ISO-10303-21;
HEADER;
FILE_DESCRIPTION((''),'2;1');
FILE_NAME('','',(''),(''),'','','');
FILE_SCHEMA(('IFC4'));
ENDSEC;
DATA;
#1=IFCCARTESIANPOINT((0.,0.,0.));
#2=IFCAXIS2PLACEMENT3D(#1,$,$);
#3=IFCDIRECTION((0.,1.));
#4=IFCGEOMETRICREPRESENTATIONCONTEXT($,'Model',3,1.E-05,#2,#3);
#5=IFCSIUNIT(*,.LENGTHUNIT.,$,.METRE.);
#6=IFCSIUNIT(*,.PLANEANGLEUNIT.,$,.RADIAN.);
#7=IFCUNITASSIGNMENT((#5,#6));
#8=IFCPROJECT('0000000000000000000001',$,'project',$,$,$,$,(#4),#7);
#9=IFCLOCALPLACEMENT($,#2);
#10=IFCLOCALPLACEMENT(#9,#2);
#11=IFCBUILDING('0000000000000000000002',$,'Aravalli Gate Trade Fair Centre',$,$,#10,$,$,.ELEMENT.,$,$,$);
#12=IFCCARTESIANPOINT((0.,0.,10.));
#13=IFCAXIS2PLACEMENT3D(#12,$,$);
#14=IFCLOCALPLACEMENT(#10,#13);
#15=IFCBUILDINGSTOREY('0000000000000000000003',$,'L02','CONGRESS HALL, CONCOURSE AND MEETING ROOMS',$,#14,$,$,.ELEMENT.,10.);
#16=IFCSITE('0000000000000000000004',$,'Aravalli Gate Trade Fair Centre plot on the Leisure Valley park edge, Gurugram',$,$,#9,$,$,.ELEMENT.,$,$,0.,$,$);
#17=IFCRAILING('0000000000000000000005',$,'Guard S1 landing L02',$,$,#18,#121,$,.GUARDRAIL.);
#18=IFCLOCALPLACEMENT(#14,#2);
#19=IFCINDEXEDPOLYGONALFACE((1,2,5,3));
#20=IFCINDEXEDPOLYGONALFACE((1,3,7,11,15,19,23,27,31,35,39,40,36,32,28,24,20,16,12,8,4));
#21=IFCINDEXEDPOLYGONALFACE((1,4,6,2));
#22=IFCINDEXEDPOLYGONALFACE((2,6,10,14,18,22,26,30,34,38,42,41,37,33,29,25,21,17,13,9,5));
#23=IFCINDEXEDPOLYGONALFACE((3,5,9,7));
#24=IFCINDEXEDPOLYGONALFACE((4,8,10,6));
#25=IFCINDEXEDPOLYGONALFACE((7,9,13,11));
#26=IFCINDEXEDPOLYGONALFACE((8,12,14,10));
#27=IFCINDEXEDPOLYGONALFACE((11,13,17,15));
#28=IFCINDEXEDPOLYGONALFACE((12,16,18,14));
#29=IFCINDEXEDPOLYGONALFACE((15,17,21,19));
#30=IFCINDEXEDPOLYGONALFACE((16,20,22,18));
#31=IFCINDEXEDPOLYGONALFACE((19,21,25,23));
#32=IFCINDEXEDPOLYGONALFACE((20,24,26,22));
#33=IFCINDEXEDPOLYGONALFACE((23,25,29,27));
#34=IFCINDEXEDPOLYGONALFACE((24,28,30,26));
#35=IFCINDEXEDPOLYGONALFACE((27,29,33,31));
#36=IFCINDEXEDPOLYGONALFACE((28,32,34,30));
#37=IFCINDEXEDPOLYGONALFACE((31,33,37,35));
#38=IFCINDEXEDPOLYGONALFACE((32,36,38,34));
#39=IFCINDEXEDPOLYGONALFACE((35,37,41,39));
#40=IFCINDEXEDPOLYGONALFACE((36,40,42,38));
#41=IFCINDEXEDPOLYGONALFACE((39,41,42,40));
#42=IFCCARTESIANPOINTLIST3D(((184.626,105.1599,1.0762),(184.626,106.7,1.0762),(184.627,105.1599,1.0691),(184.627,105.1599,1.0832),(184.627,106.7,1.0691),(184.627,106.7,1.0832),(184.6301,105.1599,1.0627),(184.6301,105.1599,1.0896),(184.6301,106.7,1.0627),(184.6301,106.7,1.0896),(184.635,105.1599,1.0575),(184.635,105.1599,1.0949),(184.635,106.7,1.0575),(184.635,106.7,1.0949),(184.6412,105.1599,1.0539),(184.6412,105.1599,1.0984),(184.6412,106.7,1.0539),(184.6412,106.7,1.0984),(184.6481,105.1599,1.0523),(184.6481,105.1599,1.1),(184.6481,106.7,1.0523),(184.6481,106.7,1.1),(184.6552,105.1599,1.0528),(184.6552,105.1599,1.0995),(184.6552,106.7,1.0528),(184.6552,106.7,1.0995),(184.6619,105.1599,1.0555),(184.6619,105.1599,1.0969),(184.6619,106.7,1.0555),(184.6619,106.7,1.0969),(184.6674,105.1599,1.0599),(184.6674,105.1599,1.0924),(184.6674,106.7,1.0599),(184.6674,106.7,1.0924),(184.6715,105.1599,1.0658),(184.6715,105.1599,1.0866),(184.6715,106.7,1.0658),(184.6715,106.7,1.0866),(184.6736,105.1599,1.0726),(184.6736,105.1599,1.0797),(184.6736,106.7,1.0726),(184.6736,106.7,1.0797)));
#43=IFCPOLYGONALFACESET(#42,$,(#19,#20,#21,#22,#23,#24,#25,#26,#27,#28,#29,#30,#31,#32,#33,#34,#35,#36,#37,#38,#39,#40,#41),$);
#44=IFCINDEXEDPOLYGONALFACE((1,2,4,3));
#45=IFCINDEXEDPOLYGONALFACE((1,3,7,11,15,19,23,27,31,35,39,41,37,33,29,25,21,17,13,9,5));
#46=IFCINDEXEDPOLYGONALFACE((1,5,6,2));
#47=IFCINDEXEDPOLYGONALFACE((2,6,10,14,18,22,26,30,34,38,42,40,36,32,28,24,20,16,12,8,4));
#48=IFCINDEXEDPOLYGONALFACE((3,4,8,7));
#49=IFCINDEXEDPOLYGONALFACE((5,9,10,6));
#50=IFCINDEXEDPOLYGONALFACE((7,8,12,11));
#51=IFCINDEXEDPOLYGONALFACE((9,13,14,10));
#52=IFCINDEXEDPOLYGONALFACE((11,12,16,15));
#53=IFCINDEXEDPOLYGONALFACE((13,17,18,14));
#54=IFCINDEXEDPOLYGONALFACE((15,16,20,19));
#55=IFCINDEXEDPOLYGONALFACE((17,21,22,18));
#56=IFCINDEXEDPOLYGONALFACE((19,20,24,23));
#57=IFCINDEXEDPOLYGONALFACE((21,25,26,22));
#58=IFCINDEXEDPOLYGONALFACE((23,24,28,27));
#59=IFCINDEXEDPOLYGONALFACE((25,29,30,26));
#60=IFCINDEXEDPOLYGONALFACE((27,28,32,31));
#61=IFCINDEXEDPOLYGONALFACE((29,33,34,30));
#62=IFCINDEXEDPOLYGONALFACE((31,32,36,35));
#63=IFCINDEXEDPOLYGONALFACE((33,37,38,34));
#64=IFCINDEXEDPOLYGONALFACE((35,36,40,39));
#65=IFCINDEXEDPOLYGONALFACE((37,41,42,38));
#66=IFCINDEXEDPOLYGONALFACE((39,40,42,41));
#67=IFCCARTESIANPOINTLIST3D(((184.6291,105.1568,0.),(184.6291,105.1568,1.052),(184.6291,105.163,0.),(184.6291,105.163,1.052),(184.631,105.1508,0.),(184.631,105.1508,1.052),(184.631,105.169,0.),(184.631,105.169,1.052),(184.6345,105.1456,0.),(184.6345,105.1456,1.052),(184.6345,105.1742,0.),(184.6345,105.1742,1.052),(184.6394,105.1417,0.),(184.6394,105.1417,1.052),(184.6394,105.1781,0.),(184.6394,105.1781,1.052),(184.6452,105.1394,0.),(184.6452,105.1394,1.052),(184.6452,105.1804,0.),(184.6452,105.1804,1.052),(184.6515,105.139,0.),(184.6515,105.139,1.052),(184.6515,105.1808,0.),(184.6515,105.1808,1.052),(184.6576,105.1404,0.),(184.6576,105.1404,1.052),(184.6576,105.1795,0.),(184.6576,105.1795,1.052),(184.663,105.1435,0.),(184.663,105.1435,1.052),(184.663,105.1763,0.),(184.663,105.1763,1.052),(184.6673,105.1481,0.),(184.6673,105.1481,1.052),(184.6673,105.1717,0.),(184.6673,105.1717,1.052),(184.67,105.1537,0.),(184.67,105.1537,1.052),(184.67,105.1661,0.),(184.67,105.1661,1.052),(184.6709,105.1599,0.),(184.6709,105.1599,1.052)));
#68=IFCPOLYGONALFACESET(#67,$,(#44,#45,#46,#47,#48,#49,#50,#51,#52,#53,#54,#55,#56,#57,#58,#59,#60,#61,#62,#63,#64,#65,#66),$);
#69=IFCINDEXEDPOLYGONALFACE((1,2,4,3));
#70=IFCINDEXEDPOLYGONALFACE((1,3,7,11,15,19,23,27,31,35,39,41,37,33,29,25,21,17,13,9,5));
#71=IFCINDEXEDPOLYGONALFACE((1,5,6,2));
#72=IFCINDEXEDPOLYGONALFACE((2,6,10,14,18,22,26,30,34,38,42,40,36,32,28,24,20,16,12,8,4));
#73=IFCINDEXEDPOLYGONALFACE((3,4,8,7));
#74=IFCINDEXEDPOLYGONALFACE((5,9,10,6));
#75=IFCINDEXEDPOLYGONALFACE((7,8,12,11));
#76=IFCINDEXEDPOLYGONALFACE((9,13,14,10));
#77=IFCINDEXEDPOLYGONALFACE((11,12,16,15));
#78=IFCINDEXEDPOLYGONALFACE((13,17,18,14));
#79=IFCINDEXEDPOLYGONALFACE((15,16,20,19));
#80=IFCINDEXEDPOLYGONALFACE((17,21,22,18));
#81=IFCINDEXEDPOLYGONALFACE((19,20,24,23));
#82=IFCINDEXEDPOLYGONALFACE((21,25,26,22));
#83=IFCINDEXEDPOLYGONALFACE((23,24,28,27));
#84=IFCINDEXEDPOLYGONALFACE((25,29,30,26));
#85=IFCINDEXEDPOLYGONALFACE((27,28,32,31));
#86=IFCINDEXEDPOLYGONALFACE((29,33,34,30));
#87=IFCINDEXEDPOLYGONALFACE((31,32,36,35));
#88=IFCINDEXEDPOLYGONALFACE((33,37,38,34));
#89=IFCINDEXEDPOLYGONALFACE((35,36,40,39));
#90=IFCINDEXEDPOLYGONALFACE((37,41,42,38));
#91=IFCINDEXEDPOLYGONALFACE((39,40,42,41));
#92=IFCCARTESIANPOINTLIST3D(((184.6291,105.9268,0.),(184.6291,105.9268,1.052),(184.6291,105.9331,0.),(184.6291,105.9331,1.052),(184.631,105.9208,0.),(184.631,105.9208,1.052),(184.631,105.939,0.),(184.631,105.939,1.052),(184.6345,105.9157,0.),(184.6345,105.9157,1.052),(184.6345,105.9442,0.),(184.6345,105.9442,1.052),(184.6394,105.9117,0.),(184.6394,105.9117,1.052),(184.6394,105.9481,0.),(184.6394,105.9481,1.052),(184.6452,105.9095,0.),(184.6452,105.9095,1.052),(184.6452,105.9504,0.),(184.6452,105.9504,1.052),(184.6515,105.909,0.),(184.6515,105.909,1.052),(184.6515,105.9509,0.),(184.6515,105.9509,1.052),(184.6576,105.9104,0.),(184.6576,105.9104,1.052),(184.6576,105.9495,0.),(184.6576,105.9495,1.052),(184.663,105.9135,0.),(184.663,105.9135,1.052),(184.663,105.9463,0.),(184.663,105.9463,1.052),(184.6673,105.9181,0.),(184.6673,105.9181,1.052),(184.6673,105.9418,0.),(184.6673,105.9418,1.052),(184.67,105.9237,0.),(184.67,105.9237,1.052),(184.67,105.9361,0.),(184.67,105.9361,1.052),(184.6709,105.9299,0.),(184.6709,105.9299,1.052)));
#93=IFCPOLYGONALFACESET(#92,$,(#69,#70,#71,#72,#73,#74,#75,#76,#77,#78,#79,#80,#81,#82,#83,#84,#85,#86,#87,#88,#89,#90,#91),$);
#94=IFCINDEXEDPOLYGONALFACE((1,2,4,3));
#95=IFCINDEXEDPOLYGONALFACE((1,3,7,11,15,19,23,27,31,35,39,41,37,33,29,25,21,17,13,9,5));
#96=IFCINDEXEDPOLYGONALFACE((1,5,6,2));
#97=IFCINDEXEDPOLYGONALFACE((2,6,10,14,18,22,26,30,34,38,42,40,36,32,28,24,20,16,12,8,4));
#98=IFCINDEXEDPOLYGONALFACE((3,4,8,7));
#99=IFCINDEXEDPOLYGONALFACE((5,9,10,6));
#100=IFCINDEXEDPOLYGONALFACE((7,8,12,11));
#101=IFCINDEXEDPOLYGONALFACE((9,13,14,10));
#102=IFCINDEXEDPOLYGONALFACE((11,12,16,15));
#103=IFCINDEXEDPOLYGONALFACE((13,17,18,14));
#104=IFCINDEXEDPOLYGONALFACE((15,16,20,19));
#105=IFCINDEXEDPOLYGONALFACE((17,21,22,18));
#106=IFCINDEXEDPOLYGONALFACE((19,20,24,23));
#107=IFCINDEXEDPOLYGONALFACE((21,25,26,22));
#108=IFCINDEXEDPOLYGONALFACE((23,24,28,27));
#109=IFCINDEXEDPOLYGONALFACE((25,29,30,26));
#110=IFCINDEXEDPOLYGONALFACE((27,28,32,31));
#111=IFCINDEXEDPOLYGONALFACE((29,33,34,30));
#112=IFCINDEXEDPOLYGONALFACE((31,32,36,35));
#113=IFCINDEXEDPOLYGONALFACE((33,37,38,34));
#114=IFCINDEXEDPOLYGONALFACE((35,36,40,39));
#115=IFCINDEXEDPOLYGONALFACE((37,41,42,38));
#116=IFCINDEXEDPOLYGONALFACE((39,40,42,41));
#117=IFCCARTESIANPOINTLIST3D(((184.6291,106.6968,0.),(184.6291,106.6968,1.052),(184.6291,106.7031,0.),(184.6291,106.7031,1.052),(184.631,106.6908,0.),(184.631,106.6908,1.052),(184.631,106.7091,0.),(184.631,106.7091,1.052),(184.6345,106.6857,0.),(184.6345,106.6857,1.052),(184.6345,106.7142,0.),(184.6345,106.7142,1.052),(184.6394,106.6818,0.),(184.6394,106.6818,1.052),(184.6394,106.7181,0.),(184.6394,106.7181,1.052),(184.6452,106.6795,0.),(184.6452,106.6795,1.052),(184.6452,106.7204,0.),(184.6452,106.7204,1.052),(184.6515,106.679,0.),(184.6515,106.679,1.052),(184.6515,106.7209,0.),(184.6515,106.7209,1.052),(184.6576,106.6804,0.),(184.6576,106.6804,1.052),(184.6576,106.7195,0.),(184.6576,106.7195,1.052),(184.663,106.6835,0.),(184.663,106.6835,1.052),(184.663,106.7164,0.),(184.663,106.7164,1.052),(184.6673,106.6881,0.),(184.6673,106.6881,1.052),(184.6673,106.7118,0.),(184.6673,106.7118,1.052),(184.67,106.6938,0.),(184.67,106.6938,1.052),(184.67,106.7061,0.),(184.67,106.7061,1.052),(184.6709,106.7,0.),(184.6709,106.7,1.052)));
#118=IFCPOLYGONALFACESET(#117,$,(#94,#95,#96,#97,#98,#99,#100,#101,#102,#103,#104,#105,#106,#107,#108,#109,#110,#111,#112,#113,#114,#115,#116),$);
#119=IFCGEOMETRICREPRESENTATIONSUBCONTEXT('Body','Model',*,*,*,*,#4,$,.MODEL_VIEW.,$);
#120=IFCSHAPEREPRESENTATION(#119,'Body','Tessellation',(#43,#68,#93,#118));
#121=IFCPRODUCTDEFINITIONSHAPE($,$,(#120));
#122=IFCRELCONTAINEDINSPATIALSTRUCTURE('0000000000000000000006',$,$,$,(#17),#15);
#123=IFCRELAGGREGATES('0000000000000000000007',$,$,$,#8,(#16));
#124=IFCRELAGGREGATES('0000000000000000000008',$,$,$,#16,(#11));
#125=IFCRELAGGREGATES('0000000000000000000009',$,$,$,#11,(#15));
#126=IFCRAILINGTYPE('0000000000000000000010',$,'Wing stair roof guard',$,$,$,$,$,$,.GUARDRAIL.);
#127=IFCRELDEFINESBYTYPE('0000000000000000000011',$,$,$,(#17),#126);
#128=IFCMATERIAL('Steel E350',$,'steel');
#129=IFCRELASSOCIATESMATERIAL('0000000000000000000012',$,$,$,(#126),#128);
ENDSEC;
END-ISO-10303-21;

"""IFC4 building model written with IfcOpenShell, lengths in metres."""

from ifc_helpers import new_model, si_unit, direction, frame, origin, origin_2d, place, context, subcontext, project, spatial, circle, extrude, material, type_object, element, save


model = new_model("IFC4")

# Units and contexts
model_context = context("Model", 3, precision=1e-05, world=origin(), true_north=direction((0.0, 1.0)))
body_context = subcontext(model_context, "Body", "Model", "MODEL_VIEW")
ifc_project = project(units=[si_unit("LENGTHUNIT", "METRE"), si_unit("PLANEANGLEUNIT", "RADIAN")], contexts=[model_context])

# Site, building, storey
site_placement = place(None, origin())
site = spatial("IfcSite", under=ifc_project, at=site_placement, Name="Aravalli Gate Trade Fair Centre plot on the Leisure Valley park edge, Gurugram", CompositionType="ELEMENT", RefElevation=0.0)
building_placement = place(site_placement, origin())
building = spatial("IfcBuilding", under=site, at=building_placement, Name="Aravalli Gate Trade Fair Centre", CompositionType="ELEMENT")
storey_placement = place(building_placement, frame((0.0, 0.0, 10.0)))
storey = spatial("IfcBuildingStorey", under=building, at=storey_placement, Name="L02", Description="CONGRESS HALL, CONCOURSE AND MEETING ROOMS", CompositionType="ELEMENT", Elevation=10.0)

# Shared definitions
ifc_material_1 = material(Name="Steel E350", Category="steel")

# Railing
railing_type_1 = type_object("IfcRailingType", Name="Wing stair roof guard", PredefinedType="GUARDRAIL", material=ifc_material_1)
railing_1_placement = place(storey_placement, frame((184.6499, 105.1599, 0.0)))
element("IfcRailing", 1, at=railing_1_placement, inside=storey, type_object=railing_type_1, Name="Guard S1 landing L02", PredefinedType="GUARDRAIL", context=body_context, shape_type="SweptSolid", body=[
    extrude(circle(Radius=0.0239, at=origin_2d()), frame((0.0, 0.0, 1.0762), z_axis=(0.0, 1.0, 0.0), x_axis=(-1.0, 0.0, 0.0)), (0.0, 0.0, 1.0), 1.54),
    extrude(circle(Radius=0.021, at=origin_2d()), origin(), (0.0, 0.0, 1.0), 1.052),
    extrude(circle(Radius=0.021, at=origin_2d()), frame((0.0, 0.77, 0.0)), (0.0, 0.0, 1.0), 1.052),
    extrude(circle(Radius=0.021, at=origin_2d()), frame((0.0, 1.54, 0.0)), (0.0, 0.0, 1.0), 1.052),
])

save(model, "model.ifc")
